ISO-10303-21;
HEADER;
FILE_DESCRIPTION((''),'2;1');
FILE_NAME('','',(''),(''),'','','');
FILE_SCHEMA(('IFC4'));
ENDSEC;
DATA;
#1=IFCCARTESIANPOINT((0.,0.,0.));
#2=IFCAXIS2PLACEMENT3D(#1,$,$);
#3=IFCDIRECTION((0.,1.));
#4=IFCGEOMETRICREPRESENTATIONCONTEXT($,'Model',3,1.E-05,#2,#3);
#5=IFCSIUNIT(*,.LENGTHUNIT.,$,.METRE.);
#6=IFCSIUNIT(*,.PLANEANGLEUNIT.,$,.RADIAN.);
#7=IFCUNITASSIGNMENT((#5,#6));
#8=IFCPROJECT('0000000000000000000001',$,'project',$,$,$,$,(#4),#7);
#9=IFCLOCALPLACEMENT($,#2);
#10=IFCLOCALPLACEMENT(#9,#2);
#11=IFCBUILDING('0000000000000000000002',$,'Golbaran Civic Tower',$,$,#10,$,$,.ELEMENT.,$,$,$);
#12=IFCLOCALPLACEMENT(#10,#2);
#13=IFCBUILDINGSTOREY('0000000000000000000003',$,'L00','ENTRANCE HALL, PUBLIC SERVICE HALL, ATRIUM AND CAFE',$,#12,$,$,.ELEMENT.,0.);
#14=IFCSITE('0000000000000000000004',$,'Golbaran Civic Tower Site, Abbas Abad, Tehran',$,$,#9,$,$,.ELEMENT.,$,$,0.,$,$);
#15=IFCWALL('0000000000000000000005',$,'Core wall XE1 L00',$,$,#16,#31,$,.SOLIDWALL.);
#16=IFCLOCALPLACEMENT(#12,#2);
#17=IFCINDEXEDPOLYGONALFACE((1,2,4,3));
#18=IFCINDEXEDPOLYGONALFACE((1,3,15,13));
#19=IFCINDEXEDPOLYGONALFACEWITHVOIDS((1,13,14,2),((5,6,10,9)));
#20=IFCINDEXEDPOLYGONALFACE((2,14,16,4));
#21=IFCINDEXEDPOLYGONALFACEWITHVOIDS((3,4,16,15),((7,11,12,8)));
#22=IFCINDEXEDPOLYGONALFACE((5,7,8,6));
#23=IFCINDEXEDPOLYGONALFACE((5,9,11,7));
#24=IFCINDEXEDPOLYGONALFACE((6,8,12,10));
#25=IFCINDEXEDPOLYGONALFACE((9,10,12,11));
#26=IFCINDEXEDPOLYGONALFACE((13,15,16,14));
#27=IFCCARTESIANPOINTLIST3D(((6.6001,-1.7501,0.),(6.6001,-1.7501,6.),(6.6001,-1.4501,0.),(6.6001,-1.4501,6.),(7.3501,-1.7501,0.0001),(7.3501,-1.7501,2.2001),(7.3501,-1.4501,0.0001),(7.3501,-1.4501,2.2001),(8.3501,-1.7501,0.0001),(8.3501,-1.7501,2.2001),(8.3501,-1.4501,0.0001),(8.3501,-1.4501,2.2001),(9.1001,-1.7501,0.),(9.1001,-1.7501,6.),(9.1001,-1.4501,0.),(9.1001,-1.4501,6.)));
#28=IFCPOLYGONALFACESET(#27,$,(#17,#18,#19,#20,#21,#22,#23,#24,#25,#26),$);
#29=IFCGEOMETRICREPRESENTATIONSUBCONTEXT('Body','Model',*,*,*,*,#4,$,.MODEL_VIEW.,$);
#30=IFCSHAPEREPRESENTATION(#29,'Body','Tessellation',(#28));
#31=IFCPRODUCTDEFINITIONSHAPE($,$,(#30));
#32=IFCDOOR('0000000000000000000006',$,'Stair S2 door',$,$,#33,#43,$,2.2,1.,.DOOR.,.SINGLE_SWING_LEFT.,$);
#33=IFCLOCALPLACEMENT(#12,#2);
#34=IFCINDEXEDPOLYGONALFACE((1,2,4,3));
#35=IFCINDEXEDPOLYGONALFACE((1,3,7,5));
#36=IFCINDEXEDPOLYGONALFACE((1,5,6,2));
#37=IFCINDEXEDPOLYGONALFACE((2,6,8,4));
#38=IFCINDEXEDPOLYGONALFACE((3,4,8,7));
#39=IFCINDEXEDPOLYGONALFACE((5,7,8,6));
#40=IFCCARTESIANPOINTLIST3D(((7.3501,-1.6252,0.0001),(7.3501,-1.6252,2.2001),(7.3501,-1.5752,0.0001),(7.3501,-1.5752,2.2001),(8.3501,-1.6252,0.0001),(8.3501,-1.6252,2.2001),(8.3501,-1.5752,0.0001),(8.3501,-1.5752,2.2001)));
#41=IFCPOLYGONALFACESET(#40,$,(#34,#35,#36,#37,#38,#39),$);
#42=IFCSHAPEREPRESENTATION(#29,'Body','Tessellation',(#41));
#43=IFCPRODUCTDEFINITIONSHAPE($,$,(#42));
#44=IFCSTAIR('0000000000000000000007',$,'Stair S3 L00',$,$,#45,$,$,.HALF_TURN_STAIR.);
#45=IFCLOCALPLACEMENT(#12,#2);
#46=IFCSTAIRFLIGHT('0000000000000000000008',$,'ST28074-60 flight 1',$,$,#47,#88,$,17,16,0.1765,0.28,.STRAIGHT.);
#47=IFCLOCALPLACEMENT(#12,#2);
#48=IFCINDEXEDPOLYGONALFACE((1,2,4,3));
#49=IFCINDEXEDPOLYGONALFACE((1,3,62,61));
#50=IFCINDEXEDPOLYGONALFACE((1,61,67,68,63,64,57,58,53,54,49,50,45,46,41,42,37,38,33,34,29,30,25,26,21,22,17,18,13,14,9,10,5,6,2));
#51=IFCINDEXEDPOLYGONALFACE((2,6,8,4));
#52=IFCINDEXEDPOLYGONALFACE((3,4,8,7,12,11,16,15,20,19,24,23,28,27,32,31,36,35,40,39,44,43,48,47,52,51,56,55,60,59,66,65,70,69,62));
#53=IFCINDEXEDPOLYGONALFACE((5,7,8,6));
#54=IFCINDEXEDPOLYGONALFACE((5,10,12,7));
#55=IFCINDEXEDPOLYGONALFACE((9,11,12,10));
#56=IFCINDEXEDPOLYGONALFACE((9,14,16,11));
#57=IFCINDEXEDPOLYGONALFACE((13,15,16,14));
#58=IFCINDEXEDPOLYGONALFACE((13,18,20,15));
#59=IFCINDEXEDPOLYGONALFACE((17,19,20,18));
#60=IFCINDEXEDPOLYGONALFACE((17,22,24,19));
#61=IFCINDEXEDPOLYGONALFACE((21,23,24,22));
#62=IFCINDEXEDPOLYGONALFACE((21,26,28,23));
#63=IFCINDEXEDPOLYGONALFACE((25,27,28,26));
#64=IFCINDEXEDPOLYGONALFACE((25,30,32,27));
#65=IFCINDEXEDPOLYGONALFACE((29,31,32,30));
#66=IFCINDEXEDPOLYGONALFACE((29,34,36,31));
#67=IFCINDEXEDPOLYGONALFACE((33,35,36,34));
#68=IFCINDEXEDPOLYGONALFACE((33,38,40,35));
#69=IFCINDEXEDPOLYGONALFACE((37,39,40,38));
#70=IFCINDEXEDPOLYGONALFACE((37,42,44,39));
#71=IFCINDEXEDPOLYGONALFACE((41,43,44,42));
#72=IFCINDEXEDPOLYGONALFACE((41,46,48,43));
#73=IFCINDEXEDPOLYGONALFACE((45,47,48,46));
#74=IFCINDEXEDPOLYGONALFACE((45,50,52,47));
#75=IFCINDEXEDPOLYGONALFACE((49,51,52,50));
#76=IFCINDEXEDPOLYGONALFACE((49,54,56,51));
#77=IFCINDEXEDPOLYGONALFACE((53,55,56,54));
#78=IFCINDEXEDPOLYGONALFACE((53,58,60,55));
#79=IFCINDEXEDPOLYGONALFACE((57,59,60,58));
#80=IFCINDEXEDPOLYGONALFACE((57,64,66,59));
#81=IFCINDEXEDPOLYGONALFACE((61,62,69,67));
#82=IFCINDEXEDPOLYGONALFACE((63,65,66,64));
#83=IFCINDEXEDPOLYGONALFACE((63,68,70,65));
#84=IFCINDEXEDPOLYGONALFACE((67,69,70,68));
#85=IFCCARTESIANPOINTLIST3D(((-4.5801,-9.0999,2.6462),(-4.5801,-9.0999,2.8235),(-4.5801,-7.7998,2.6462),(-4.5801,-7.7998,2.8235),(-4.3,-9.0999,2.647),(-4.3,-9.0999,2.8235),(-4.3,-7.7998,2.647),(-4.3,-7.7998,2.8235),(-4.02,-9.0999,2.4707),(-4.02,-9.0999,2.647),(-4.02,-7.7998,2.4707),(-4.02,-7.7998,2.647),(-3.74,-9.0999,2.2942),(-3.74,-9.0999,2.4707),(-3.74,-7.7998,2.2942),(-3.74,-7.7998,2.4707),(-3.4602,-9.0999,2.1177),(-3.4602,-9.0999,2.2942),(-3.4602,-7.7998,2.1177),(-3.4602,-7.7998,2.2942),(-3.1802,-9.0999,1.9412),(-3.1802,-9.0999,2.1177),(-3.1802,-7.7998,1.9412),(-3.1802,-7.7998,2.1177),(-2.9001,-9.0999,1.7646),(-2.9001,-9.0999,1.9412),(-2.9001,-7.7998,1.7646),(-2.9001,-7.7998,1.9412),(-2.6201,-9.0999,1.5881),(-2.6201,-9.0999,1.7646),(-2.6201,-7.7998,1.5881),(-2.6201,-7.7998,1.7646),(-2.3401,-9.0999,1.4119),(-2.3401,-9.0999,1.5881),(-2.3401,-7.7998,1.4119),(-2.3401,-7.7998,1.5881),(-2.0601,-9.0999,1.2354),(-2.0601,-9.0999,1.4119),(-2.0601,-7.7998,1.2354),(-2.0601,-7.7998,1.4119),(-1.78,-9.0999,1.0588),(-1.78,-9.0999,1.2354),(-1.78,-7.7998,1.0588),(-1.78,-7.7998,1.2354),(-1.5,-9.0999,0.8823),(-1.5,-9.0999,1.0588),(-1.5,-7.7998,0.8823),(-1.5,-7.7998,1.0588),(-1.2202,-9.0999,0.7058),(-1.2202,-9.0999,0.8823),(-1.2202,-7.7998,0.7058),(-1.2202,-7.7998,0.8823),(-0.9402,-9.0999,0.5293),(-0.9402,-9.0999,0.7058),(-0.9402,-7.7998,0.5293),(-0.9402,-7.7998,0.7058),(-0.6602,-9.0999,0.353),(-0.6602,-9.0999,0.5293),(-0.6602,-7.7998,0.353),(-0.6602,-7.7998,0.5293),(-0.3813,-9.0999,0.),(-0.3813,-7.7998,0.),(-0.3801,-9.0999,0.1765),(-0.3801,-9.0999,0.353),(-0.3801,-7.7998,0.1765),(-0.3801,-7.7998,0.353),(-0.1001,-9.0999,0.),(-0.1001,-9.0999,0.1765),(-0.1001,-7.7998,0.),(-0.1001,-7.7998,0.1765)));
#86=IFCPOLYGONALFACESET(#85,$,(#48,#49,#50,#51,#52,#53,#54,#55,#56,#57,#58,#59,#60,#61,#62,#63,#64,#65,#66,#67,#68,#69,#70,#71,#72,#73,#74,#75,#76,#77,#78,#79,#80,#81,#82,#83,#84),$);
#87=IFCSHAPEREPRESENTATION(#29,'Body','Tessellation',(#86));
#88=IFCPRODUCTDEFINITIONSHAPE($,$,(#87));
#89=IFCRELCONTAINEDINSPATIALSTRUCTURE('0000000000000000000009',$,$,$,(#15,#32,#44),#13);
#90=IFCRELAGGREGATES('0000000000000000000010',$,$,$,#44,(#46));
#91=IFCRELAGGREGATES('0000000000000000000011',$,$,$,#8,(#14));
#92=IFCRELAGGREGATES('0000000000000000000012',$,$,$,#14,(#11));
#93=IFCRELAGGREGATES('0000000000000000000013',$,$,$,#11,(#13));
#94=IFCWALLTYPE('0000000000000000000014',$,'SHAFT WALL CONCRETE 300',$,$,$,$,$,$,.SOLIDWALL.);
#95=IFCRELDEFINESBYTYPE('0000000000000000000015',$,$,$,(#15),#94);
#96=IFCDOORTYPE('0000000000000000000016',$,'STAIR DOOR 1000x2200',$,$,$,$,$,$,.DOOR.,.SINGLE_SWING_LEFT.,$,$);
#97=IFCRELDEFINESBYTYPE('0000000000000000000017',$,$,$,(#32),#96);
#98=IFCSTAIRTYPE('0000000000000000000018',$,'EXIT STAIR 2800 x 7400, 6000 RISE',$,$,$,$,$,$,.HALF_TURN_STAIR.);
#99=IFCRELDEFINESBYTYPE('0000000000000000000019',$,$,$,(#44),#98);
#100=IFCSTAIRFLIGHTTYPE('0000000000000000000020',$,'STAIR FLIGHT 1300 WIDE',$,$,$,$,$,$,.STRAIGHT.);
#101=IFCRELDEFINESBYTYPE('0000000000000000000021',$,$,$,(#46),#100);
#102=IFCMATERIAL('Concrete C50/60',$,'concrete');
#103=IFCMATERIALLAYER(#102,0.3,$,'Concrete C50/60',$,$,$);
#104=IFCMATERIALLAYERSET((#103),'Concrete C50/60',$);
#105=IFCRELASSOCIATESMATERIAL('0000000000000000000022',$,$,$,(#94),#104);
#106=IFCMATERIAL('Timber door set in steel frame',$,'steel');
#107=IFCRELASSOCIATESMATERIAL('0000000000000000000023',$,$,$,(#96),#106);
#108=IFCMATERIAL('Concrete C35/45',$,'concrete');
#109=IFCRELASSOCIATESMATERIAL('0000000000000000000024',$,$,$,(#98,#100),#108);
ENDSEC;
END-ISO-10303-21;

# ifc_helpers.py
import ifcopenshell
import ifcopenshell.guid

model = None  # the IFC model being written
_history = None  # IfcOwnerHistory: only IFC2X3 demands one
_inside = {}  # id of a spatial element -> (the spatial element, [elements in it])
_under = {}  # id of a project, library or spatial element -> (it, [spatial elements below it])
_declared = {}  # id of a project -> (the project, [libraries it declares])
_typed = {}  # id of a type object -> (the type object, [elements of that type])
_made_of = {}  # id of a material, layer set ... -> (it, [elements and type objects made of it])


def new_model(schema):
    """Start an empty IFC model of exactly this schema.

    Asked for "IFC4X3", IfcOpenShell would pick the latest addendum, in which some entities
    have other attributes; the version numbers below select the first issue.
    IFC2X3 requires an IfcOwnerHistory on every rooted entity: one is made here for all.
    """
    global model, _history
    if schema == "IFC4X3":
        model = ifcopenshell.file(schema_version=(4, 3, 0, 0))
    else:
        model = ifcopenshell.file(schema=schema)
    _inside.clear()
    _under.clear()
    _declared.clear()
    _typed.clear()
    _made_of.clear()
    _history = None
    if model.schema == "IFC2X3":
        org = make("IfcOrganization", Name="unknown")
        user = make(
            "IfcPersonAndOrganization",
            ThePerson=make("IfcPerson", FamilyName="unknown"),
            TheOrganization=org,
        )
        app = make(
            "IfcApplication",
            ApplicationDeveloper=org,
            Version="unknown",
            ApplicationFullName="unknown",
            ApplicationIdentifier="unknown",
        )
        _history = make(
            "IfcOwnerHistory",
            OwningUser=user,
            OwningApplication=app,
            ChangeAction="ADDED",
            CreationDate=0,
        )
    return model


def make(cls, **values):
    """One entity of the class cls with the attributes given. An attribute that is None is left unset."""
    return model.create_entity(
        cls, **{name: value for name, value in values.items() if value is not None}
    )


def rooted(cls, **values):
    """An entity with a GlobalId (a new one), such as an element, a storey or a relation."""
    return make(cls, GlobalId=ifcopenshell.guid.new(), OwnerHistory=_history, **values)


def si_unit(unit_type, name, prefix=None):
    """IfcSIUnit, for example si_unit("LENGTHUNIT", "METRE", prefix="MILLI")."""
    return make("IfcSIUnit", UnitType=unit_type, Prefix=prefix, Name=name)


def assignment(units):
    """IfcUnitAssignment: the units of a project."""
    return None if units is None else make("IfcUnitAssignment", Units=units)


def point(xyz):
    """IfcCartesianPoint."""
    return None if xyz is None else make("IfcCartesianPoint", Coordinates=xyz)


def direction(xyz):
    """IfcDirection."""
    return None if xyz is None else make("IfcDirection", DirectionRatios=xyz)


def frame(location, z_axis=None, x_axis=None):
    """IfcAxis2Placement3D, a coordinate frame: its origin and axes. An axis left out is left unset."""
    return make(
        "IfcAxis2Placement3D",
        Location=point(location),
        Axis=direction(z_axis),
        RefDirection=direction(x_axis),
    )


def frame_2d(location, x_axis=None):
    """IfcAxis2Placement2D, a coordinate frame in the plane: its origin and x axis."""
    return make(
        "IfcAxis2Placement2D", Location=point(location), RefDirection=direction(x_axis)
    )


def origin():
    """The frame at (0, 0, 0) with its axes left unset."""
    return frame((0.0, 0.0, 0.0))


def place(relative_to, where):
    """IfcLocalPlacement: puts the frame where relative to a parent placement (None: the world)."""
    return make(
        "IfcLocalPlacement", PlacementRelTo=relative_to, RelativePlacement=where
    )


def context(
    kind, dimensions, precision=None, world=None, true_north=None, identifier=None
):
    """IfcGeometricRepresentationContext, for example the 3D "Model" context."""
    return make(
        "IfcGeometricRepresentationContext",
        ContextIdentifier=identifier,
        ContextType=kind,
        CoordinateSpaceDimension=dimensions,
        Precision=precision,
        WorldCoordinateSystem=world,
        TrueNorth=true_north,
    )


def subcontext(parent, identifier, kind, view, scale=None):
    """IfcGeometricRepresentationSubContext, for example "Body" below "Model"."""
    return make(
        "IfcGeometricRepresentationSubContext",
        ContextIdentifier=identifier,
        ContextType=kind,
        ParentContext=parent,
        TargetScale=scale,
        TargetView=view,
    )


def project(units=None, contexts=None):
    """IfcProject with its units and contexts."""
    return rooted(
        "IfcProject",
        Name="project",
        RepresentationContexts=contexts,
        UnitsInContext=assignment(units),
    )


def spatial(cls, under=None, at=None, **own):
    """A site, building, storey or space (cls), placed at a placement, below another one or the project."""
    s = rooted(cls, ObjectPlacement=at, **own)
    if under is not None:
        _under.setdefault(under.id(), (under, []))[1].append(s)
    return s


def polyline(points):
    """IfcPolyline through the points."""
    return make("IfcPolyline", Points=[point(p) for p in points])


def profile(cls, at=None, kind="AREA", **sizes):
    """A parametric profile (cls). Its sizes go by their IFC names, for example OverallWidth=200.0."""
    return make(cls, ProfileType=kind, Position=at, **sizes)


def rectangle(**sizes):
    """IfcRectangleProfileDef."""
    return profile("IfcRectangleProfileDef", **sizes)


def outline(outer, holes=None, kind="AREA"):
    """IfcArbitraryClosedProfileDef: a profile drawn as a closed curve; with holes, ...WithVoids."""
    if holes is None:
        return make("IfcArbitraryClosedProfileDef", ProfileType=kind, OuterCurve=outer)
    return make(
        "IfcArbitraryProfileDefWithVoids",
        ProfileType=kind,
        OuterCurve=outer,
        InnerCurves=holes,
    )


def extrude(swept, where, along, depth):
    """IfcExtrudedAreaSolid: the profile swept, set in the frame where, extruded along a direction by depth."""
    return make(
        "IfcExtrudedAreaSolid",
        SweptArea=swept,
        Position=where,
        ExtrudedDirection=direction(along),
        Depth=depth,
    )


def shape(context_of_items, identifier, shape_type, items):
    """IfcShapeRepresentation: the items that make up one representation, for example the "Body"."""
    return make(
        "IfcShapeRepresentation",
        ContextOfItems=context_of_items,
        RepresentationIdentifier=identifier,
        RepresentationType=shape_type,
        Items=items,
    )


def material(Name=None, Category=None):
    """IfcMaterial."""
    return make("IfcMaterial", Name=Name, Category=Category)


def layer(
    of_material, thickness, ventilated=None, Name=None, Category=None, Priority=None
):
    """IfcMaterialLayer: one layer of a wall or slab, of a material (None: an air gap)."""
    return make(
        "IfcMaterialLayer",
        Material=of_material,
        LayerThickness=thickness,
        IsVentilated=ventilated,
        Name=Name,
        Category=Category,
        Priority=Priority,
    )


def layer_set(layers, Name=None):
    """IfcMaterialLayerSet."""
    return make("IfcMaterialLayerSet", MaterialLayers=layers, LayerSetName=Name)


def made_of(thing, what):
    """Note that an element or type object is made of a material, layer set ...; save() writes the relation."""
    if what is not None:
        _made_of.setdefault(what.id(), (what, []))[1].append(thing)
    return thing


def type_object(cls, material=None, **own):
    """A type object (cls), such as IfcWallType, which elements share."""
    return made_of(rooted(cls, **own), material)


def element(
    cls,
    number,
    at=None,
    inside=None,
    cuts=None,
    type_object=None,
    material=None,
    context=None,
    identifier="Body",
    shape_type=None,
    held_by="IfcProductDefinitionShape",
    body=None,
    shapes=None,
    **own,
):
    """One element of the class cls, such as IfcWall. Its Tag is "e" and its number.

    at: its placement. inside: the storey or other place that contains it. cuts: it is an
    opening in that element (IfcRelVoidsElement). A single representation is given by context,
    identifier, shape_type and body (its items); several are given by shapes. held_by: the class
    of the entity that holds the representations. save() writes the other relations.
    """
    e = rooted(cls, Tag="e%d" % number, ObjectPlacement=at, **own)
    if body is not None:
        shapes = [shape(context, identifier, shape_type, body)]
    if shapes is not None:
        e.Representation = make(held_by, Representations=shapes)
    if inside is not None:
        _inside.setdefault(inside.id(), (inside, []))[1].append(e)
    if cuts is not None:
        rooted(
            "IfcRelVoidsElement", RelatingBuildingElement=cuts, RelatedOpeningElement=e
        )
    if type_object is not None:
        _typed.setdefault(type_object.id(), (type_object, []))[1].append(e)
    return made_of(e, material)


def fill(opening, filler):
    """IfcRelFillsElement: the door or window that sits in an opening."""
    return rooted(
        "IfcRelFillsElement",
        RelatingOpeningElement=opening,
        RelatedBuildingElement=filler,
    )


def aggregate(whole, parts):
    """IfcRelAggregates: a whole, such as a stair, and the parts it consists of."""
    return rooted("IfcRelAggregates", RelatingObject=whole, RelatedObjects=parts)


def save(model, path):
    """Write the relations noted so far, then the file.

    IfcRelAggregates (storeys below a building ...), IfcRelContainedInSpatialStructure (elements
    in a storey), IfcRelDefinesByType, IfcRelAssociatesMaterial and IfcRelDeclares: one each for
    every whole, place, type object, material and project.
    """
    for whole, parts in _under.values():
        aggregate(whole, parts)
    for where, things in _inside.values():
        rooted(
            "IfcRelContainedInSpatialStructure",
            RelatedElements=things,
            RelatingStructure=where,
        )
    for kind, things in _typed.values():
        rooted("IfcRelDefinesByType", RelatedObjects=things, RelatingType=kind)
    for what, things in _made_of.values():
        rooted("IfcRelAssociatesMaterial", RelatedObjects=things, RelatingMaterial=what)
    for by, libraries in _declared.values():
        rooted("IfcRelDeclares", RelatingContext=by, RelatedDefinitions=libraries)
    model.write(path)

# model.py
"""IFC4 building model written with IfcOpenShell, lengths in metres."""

from ifc_helpers import new_model, si_unit, direction, frame, frame_2d, origin, place, context, subcontext, project, spatial, polyline, rectangle, outline, extrude, material, layer, layer_set, type_object, element, fill, aggregate, save


model = new_model("IFC4")

# Units and contexts
model_context = context("Model", 3, precision=1e-05, world=origin(), true_north=direction((0.0, 1.0)))
body_context = subcontext(model_context, "Body", "Model", "MODEL_VIEW")
ifc_project = project(units=[si_unit("LENGTHUNIT", "METRE"), si_unit("PLANEANGLEUNIT", "RADIAN")], contexts=[model_context])

# Site, building, storey
site_placement = place(None, origin())
site = spatial("IfcSite", under=ifc_project, at=site_placement, Name="Golbaran Civic Tower Site, Abbas Abad, Tehran", CompositionType="ELEMENT", RefElevation=0.0)
building_placement = place(site_placement, origin())
building = spatial("IfcBuilding", under=site, at=building_placement, Name="Golbaran Civic Tower", CompositionType="ELEMENT")
storey_placement = place(building_placement, origin())
storey = spatial("IfcBuildingStorey", under=building, at=storey_placement, Name="L00", Description="ENTRANCE HALL, PUBLIC SERVICE HALL, ATRIUM AND CAFE", CompositionType="ELEMENT", Elevation=0.0)

# Shared definitions
ifc_material_1 = material(Name="Timber door set in steel frame", Category="steel")

# Shared definitions
ifc_material_2 = material(Name="Concrete C50/60", Category="concrete")
ifc_layer_1 = layer(ifc_material_2, 0.3, Name="Concrete C50/60")
ifc_layer_set_1 = layer_set([ifc_layer_1], Name="Concrete C50/60")
wall_type_1 = type_object("IfcWallType", Name="SHAFT WALL CONCRETE 300", PredefinedType="SOLIDWALL", material=ifc_layer_set_1)

# Shared definitions
door_type_1 = type_object("IfcDoorType", Name="STAIR DOOR 1000x2200", OperationType="SINGLE_SWING_LEFT", PredefinedType="DOOR", material=ifc_material_1)

# Wall, opening, door
wall_1_placement = place(storey_placement, frame((6.6001, -1.6001, 0.0), z_axis=(0.0, 0.0, 1.0), x_axis=(1.0, 0.0, 0.0)))
wall_1 = element("IfcWall", 1, at=wall_1_placement, inside=storey, type_object=wall_type_1, Name="Core wall XE1 L00", PredefinedType="SOLIDWALL", context=body_context, shape_type="SweptSolid", body=[
    extrude(rectangle(XDim=2.5, YDim=0.3, at=frame_2d((1.25, 0.0))), origin(), (0.0, 0.0, 1.0), 6.0),
])
opening_1_placement = place(wall_1_placement, frame((0.75, 0.0, 0.0)))
opening_1 = element("IfcOpeningElement", 2, at=opening_1_placement, cuts=wall_1, PredefinedType="OPENING", context=body_context, shape_type="SweptSolid", body=[
    extrude(rectangle(XDim=1.0, YDim=2.2, at=frame_2d((0.5, 1.1001))), frame((0.0, 0.1599, 0.0), z_axis=(0.0, -1.0, 0.0), x_axis=(1.0, 0.0, 0.0)), (0.0, 0.0, 1.0), 0.3201),
])
door_1_placement = place(opening_1_placement, origin())
door_1 = element("IfcDoor", 3, at=door_1_placement, inside=storey, type_object=door_type_1, Name="Stair S2 door", OperationType="SINGLE_SWING_LEFT", OverallHeight=2.2, OverallWidth=1.0, PredefinedType="DOOR", context=body_context, shape_type="SweptSolid", body=[
    extrude(rectangle(XDim=1.0, YDim=2.2, at=frame_2d((0.5, 1.1001))), frame((0.0, 0.0249, 0.0), z_axis=(0.0, -1.0, 0.0), x_axis=(1.0, 0.0, 0.0)), (0.0, 0.0, 1.0), 0.05),
])
fill(opening_1, door_1)

# Stair, stair flight
ifc_material_3 = material(Name="Concrete C35/45", Category="concrete")
stair_type = type_object("IfcStairType", Name="EXIT STAIR 2800 x 7400, 6000 RISE", PredefinedType="HALF_TURN_STAIR", material=ifc_material_3)
stair_placement = place(storey_placement, origin())
stair = element("IfcStair", 4, at=stair_placement, inside=storey, type_object=stair_type, Name="Stair S3 L00", PredefinedType="HALF_TURN_STAIR")
stair_flight_type = type_object("IfcStairFlightType", Name="STAIR FLIGHT 1300 WIDE", PredefinedType="STRAIGHT", material=ifc_material_3)
stair_flight_placement = place(storey_placement, frame((-0.1001, -8.45, 0.0), z_axis=(0.0, 0.0, 1.0), x_axis=(-1.0, 0.0, 0.0)))
stair_flight = element("IfcStairFlight", 5, at=stair_flight_placement, type_object=stair_flight_type, Name="ST28074-60 flight 1", NumberOfRisers=17, NumberOfTreads=16, PredefinedType="STRAIGHT", RiserHeight=0.1765, TreadLength=0.28, context=body_context, shape_type="SweptSolid", body=[
    extrude(outline(polyline([(0.0, 0.0), (0.0, 0.1765), (0.28, 0.1765), (0.28, 0.353), (0.5601, 0.353), (0.5601, 0.5293), (0.8401, 0.5293), (0.8401, 0.7058), (1.1201, 0.7058), (1.1201, 0.8823), (1.3999, 0.8823), (1.3999, 1.0588), (1.6799, 1.0588), (1.6799, 1.2354), (1.96, 1.2354), (1.96, 1.4119), (2.24, 1.4119), (2.24, 1.5881), (2.52, 1.5881), (2.52, 1.7646), (2.8, 1.7646), (2.8, 1.9412), (3.0801, 1.9412), (3.0801, 2.1177), (3.3601, 2.1177), (3.3601, 2.2942), (3.6399, 2.2942), (3.6399, 2.4707), (3.9199, 2.4707), (3.9199, 2.647), (4.2, 2.647), (4.2, 2.8235), (4.48, 2.8235), (4.48, 3.0), (4.48, 2.6462), (0.2812, 0.0), (0.0, 0.0)])), frame((0.0, 0.6499, 0.0), z_axis=(0.0, -1.0, 0.0), x_axis=(1.0, 0.0, 0.0)), (0.0, 0.0, 1.0), 1.3),
])
aggregate(stair, [stair_flight])

save(model, "model.ifc")
